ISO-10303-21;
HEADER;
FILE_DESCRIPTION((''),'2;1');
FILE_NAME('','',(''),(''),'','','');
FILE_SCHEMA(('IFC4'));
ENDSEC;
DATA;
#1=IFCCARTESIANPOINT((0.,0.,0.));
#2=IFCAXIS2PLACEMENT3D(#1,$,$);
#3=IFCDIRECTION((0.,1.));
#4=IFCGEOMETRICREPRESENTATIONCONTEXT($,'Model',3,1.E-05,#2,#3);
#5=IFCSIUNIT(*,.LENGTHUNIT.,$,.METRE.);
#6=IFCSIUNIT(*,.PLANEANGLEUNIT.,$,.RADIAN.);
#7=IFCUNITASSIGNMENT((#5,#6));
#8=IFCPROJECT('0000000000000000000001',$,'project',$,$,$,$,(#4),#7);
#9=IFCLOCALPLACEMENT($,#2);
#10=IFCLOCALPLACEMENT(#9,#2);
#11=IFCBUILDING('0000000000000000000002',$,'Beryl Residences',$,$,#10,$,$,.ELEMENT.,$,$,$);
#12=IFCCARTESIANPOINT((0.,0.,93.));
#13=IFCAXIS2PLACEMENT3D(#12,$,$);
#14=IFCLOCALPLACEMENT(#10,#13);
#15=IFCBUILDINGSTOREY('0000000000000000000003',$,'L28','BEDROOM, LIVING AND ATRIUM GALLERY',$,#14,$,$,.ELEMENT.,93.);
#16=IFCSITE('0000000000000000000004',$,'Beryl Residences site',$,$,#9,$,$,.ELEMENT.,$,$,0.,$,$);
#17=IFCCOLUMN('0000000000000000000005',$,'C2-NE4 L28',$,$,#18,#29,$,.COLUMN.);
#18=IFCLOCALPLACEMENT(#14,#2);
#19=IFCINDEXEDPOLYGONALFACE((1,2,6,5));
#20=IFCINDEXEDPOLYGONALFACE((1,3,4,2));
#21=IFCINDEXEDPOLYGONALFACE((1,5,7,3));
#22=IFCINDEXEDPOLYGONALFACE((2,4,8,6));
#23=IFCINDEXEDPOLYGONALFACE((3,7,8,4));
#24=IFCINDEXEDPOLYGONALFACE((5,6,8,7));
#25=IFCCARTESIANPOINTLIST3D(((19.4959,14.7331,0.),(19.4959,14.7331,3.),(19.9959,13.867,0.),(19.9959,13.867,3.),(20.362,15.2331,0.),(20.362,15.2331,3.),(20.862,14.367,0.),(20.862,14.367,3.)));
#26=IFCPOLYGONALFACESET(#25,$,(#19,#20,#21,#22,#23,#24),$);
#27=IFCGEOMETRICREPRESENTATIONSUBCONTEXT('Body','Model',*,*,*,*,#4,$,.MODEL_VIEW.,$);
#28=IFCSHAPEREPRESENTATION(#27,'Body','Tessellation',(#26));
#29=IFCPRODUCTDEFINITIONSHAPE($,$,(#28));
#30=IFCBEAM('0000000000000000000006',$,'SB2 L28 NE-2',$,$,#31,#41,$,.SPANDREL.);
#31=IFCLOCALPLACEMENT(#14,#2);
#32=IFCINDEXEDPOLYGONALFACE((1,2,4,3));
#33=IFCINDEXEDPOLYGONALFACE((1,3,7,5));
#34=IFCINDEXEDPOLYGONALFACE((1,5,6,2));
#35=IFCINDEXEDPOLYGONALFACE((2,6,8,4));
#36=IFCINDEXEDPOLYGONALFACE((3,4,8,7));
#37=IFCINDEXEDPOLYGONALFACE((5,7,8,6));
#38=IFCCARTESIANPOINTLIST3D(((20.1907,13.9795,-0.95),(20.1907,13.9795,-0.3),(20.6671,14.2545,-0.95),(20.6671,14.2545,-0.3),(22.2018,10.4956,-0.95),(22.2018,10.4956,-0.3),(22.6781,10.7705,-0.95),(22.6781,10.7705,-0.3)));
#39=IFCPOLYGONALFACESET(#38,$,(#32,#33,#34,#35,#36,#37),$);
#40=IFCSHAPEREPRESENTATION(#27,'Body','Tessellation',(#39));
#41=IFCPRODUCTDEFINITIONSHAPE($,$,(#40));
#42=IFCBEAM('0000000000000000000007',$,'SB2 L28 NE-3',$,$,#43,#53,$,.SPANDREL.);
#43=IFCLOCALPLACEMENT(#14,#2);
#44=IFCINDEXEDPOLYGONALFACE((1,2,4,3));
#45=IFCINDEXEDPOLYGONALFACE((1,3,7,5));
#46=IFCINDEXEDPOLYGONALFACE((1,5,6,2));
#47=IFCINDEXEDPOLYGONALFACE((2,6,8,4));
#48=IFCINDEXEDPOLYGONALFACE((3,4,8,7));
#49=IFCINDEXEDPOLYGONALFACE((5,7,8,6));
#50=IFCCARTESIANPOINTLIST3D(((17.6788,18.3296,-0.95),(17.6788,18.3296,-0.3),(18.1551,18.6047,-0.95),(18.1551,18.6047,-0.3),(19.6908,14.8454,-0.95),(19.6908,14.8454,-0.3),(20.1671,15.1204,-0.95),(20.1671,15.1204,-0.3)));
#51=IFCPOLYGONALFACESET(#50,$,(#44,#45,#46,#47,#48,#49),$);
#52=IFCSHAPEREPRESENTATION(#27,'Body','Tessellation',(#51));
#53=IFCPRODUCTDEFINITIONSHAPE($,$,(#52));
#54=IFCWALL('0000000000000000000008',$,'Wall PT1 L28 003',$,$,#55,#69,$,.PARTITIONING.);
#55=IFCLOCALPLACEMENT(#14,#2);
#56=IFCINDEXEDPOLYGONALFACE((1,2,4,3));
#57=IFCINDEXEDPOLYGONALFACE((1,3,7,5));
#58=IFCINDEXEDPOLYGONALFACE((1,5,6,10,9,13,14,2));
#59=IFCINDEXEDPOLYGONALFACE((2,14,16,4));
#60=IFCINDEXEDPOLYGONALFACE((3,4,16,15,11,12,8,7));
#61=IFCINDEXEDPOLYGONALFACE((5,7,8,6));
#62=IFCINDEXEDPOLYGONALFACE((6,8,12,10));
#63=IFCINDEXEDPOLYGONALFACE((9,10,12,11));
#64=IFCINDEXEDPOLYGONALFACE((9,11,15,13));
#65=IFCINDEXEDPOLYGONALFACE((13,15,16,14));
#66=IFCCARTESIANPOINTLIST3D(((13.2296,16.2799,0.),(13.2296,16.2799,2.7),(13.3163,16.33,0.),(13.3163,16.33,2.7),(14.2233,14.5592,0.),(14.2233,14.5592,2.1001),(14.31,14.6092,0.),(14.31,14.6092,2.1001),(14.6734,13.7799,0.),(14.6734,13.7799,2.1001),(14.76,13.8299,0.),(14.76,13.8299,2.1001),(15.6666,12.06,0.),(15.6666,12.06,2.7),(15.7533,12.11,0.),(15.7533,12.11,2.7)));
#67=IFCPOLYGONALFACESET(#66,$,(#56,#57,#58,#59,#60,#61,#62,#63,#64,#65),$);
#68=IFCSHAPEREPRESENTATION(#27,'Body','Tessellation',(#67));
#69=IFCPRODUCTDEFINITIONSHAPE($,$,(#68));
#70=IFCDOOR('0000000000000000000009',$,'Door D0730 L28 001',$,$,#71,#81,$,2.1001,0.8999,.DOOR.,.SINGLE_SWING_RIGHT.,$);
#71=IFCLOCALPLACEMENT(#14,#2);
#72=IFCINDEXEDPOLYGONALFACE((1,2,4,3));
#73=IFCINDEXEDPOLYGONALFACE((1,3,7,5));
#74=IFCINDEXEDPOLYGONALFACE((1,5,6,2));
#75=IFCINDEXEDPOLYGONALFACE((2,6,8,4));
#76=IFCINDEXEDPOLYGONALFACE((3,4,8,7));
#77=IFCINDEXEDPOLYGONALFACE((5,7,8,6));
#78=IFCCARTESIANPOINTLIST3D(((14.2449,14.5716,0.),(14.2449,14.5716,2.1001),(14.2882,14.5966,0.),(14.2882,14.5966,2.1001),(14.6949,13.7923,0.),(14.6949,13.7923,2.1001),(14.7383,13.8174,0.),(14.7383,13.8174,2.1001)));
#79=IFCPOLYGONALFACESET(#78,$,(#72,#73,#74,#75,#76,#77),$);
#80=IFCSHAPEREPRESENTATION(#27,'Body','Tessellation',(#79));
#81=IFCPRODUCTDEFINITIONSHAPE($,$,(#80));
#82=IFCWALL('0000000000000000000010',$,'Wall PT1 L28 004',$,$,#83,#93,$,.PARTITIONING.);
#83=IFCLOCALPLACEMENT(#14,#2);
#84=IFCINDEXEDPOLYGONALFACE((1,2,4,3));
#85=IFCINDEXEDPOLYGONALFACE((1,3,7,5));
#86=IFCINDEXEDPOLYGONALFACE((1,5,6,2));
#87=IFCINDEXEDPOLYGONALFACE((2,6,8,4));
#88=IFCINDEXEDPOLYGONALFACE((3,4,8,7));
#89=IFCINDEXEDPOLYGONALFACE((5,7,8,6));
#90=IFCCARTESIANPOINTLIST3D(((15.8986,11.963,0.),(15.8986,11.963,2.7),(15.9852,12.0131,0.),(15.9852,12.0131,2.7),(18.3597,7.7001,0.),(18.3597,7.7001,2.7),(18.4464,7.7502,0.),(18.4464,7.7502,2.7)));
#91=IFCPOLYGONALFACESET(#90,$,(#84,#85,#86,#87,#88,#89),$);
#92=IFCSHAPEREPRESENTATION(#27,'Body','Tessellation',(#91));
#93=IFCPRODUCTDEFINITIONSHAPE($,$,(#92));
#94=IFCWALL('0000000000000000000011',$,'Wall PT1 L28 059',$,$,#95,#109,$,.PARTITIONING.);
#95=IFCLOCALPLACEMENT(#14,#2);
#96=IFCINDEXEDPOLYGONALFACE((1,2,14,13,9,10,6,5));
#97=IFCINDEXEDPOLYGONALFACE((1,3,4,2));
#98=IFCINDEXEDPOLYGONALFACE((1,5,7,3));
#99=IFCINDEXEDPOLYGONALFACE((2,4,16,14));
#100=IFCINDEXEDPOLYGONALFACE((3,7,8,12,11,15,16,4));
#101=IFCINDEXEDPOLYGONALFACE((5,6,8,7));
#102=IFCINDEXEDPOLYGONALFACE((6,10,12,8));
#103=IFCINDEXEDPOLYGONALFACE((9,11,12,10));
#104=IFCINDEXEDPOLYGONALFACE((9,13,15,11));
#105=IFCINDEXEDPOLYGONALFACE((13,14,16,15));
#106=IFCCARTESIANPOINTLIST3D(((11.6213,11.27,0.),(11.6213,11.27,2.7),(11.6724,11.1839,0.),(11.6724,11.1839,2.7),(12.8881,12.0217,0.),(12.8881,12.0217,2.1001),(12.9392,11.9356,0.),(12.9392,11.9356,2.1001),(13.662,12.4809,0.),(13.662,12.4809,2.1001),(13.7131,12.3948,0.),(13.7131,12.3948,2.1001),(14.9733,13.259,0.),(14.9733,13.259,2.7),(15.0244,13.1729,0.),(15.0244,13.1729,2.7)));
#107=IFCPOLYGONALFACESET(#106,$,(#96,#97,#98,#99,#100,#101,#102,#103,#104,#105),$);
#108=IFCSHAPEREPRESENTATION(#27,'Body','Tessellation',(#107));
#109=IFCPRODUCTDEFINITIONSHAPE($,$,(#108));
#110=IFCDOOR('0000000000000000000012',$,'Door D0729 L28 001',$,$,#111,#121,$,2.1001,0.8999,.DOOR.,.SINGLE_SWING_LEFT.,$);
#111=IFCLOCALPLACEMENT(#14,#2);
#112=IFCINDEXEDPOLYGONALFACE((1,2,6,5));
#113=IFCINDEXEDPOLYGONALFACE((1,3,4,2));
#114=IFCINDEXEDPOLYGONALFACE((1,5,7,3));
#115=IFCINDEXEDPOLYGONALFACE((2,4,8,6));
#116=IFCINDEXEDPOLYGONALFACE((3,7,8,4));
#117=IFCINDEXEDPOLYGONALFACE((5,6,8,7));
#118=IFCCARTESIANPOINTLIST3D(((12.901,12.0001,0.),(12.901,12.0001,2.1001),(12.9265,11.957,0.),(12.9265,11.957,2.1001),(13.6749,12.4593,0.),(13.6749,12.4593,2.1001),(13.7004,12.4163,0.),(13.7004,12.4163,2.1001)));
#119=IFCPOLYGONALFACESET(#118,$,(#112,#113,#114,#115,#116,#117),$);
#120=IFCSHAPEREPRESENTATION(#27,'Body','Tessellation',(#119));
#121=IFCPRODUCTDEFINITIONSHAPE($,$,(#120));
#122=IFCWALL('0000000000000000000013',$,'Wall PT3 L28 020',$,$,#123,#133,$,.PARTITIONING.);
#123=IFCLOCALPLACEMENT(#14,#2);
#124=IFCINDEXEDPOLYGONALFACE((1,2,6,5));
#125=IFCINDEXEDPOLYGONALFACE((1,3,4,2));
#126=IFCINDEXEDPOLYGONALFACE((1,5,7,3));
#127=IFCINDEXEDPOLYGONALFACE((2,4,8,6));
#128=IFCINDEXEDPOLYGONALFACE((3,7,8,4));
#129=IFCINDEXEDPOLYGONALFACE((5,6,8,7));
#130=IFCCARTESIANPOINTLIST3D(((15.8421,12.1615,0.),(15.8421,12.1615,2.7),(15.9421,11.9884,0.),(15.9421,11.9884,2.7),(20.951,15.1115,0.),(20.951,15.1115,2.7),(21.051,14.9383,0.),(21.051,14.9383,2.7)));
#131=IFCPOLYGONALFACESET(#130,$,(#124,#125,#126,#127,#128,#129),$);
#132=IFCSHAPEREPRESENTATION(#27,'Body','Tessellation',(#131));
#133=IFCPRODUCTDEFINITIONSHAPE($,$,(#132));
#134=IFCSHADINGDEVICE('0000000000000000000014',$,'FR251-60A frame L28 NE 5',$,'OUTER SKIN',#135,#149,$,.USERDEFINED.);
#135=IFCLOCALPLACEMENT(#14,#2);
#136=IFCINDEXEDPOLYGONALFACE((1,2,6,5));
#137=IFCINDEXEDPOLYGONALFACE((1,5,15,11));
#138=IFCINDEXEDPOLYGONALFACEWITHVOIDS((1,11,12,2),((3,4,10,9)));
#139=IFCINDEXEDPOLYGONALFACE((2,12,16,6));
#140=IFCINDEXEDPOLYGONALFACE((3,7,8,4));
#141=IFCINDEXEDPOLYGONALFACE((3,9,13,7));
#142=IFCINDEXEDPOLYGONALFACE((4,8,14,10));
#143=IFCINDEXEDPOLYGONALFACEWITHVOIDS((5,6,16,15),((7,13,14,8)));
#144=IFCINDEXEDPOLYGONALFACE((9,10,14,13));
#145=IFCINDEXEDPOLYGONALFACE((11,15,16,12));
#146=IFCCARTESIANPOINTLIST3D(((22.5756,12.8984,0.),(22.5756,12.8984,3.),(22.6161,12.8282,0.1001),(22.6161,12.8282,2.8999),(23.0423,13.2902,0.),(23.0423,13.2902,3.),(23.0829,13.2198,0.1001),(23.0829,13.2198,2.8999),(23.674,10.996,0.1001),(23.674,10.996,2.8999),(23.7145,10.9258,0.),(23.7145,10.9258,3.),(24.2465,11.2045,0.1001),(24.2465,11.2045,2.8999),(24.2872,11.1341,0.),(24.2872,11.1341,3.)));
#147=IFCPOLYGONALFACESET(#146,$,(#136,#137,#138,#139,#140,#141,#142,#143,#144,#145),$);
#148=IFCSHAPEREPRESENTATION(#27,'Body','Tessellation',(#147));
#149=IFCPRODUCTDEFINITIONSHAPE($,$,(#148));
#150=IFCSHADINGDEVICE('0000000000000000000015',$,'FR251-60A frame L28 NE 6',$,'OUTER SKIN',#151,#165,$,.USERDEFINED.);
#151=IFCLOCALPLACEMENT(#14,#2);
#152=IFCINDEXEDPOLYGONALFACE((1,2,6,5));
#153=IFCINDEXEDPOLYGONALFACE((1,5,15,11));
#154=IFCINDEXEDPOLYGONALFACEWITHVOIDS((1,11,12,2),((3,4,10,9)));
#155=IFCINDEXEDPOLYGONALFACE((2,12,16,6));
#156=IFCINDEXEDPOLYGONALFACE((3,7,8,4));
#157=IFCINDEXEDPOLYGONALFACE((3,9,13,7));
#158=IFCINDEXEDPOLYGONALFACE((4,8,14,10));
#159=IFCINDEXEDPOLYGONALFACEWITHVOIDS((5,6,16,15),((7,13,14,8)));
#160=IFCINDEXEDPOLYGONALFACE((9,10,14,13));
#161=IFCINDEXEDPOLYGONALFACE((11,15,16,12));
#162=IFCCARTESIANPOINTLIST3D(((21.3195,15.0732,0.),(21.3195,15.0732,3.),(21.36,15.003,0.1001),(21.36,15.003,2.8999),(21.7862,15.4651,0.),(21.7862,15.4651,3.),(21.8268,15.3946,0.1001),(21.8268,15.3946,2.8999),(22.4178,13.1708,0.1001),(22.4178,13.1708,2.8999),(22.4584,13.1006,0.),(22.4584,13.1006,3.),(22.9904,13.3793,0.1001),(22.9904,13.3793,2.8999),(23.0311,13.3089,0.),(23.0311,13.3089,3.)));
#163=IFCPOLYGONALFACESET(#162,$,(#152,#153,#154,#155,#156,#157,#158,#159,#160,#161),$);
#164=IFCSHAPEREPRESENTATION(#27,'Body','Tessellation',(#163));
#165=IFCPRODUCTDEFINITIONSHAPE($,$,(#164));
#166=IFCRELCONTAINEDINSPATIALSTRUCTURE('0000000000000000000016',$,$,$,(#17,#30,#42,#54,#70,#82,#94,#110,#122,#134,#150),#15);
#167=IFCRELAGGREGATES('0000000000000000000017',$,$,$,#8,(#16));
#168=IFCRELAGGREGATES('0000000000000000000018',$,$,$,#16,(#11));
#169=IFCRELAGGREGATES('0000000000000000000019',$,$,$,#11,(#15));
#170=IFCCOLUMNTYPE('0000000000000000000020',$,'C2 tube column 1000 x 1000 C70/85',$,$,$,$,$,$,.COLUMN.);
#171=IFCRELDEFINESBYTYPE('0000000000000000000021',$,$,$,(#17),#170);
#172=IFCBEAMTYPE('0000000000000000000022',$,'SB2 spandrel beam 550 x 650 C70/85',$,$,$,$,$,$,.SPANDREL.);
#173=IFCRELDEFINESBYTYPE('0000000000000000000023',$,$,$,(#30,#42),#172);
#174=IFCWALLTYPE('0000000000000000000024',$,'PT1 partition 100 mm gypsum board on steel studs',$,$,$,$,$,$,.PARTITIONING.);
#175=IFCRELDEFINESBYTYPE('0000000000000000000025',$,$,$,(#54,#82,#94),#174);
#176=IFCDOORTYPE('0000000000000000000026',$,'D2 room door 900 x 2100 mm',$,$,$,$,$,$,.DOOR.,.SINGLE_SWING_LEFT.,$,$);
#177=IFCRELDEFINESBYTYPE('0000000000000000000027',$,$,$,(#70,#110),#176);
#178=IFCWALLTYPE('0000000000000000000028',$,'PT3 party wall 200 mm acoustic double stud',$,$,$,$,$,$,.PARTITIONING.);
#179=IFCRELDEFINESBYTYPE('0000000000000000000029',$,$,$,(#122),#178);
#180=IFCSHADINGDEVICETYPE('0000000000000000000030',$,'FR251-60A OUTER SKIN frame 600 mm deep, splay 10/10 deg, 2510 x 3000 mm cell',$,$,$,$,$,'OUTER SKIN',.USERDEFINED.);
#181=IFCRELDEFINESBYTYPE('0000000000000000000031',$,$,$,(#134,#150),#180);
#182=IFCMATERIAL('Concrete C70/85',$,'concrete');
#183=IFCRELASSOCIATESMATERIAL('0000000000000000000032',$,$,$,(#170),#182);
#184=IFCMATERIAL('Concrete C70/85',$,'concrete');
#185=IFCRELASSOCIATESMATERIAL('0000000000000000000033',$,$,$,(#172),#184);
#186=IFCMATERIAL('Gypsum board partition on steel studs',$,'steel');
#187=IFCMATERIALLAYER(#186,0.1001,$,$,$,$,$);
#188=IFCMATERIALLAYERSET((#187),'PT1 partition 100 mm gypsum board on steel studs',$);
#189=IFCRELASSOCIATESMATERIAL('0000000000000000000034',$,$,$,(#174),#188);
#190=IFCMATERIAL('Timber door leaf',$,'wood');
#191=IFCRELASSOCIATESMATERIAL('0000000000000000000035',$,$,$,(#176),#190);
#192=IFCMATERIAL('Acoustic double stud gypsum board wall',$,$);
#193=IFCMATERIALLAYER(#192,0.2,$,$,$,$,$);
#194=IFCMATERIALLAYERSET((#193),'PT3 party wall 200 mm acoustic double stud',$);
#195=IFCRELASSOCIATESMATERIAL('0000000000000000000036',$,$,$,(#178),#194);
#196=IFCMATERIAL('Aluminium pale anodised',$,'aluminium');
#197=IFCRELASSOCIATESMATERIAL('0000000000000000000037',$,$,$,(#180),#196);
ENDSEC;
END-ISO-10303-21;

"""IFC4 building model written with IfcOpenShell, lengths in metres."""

from ifc_helpers import new_model, entity, si_unit, direction, frame, frame_2d, origin, origin_2d, place, context, subcontext, project, spatial, rectangle, extrude, source, transform, mapped, material, layer, layer_set, material_profile, profile_set, type_object, type_shapes, element, fill, save


model = new_model("IFC4")

# Units and contexts
model_context = context("Model", 3, precision=1e-05, world=origin(), true_north=direction((0.0, 1.0)))
body_context = subcontext(model_context, "Body", "Model", "MODEL_VIEW")
ifc_project = project(units=[si_unit("LENGTHUNIT", "METRE"), si_unit("PLANEANGLEUNIT", "RADIAN")], contexts=[model_context])

# Site, building, storey
site_placement = place(None, origin())
site = spatial("IfcSite", under=ifc_project, at=site_placement, Name="Beryl Residences site", CompositionType="ELEMENT", RefElevation=0.0)
building_placement = place(site_placement, origin())
building = spatial("IfcBuilding", under=site, at=building_placement, Name="Beryl Residences", CompositionType="ELEMENT")
storey_placement = place(building_placement, frame((0.0, 0.0, 93.0)))
storey = spatial("IfcBuildingStorey", under=building, at=storey_placement, Name="L28", Description="BEDROOM, LIVING AND ATRIUM GALLERY", CompositionType="ELEMENT", Elevation=93.0)

# Column
ifc_material_1 = material(Name="Concrete C70/85", Category="concrete")
ifc_material_profile_1 = material_profile(ifc_material_1, rectangle(XDim=1.0, YDim=1.0, at=origin_2d()))
ifc_profile_set_1 = profile_set([ifc_material_profile_1], Name="Concrete C70/85")
column_type = type_object("IfcColumnType", Name="C2 tube column 1000 x 1000 C70/85", PredefinedType="COLUMN", material=ifc_profile_set_1)
column_placement = place(storey_placement, frame((20.179, 14.55, 0.0), z_axis=(0.0, 0.0, 1.0), x_axis=(-0.5, 0.866025, 0.0)))
element("IfcColumn", 1, at=column_placement, inside=storey, type_object=column_type, Name="C2-NE4 L28", PredefinedType="COLUMN", context=body_context, shape_type="SweptSolid", body=[
    extrude(rectangle(XDim=1.0, YDim=1.0, at=origin_2d()), origin(), (0.0, 0.0, 1.0), 3.0),
])

# Beams
ifc_material_2 = material(Name="Concrete C70/85", Category="concrete")
ifc_material_profile_2 = material_profile(ifc_material_2, rectangle(XDim=0.55, YDim=0.6499, at=origin_2d()))
ifc_profile_set_2 = profile_set([ifc_material_profile_2], Name="Concrete C70/85")
beam_type = type_object("IfcBeamType", Name="SB2 spandrel beam 550 x 650 C70/85", PredefinedType="SPANDREL", material=ifc_profile_set_2)
beam_1_placement = place(storey_placement, frame((22.4399, 10.6331, -0.625), z_axis=(-0.499919, 0.866072, 0.0), x_axis=(-0.866072, -0.499919, 0.0)))
element("IfcBeam", 2, at=beam_1_placement, inside=storey, type_object=beam_type, Name="SB2 L28 NE-2", PredefinedType="SPANDREL", context=body_context, shape_type="SweptSolid", body=[
    extrude(rectangle(XDim=0.55, YDim=0.6499, at=origin_2d()), origin(), (0.0, 0.0, 1.0), 4.0227),
])
beam_2_placement = place(storey_placement, frame((19.929, 14.9829, -0.625), z_axis=(-0.500074, 0.865982, 0.0), x_axis=(-0.865982, -0.500074, 0.0)))
element("IfcBeam", 3, at=beam_2_placement, inside=storey, type_object=beam_type, Name="SB2 L28 NE-3", PredefinedType="SPANDREL", context=body_context, shape_type="SweptSolid", body=[
    extrude(rectangle(XDim=0.55, YDim=0.6499, at=origin_2d()), origin(), (0.0, 0.0, 1.0), 4.0234),
])

# Wall, opening, door
ifc_material_3 = material(Name="Gypsum board partition on steel studs", Category="steel")
ifc_layer_1 = layer(ifc_material_3, 0.1001)
ifc_layer_set_1 = layer_set([ifc_layer_1], Name="PT1 partition 100 mm gypsum board on steel studs")
wall_type_1 = type_object("IfcWallType", Name="PT1 partition 100 mm gypsum board on steel studs", PredefinedType="PARTITIONING", material=ifc_layer_set_1)
wall_1_placement = place(storey_placement, frame((13.2729, 16.3049, 0.0), z_axis=(0.0, 0.0, 1.0), x_axis=(0.500094, -0.865971, 0.0)))
wall_1 = element("IfcWall", 4, at=wall_1_placement, inside=storey, type_object=wall_type_1, Name="Wall PT1 L28 003", PredefinedType="PARTITIONING", context=body_context, shape_type="SweptSolid", body=[
    extrude(rectangle(XDim=4.873, YDim=0.1001, at=frame_2d((2.4365, 0.0))), origin(), (0.0, 0.0, 1.0), 2.7),
])
opening_1_placement = place(wall_1_placement, frame((1.9871, 0.0, 0.0)))
opening_1 = element("IfcOpeningElement", 5, at=opening_1_placement, cuts=wall_1, PredefinedType="OPENING", context=body_context, shape_type="SweptSolid", body=[
    extrude(rectangle(XDim=0.8999, YDim=2.1001, at=frame_2d((0.45, 1.05))), frame((0.0, 0.0601, 0.0), z_axis=(0.0, -1.0, 0.0), x_axis=(1.0, 0.0, 0.0)), (0.0, 0.0, 1.0), 0.1201),
])
ifc_material_4 = material(Name="Timber door leaf", Category="wood")
door_type = type_object("IfcDoorType", Name="D2 room door 900 x 2100 mm", OperationType="SINGLE_SWING_LEFT", PredefinedType="DOOR", material=ifc_material_4)
door_1_placement = place(opening_1_placement, origin())
door_1 = element("IfcDoor", 6, at=door_1_placement, inside=storey, type_object=door_type, Name="Door D0730 L28 001", OperationType="SINGLE_SWING_RIGHT", OverallHeight=2.1001, OverallWidth=0.8999, PredefinedType="DOOR", context=body_context, shape_type="SweptSolid", body=[
    extrude(rectangle(XDim=0.8999, YDim=2.1001, at=frame_2d((0.45, 1.05))), frame((0.0, 0.0249, 0.0), z_axis=(0.0, -1.0, 0.0), x_axis=(1.0, 0.0, 0.0)), (0.0, 0.0, 1.0), 0.05),
])
fill(opening_1, door_1)

# Wall
wall_2_placement = place(storey_placement, frame((15.9419, 11.988, 0.0), z_axis=(0.0, 0.0, 1.0), x_axis=(0.499996, -0.866028, 0.0)))
element("IfcWall", 7, at=wall_2_placement, inside=storey, type_object=wall_type_1, Name="Wall PT1 L28 004", PredefinedType="PARTITIONING", context=body_context, shape_type="SweptSolid", body=[
    extrude(rectangle(XDim=4.9224, YDim=0.1001, at=frame_2d((2.4612, 0.0))), origin(), (0.0, 0.0, 1.0), 2.7),
])

# Wall, opening, door
wall_3_placement = place(storey_placement, frame((11.647, 11.2271, 0.0), z_axis=(0.0, 0.0, 1.0), x_axis=(0.859997, 0.510299, 0.0)))
wall_3 = element("IfcWall", 8, at=wall_3_placement, inside=storey, type_object=wall_type_1, Name="Wall PT1 L28 059", PredefinedType="PARTITIONING", context=body_context, shape_type="SweptSolid", body=[
    extrude(rectangle(XDim=3.8977, YDim=0.1001, at=frame_2d((1.9487, 0.0))), origin(), (0.0, 0.0, 1.0), 2.7),
])
opening_2_placement = place(wall_3_placement, frame((1.4729, 0.0, 0.0)))
opening_2 = element("IfcOpeningElement", 9, at=opening_2_placement, cuts=wall_3, PredefinedType="OPENING", context=body_context, shape_type="SweptSolid", body=[
    extrude(rectangle(XDim=0.8999, YDim=2.1001, at=frame_2d((0.45, 1.05))), frame((0.0, 0.0601, 0.0), z_axis=(0.0, -1.0, 0.0), x_axis=(1.0, 0.0, 0.0)), (0.0, 0.0, 1.0), 0.1201),
])
door_2_placement = place(opening_2_placement, origin())
door_2 = element("IfcDoor", 10, at=door_2_placement, inside=storey, type_object=door_type, Name="Door D0729 L28 001", OperationType="SINGLE_SWING_LEFT", OverallHeight=2.1001, OverallWidth=0.8999, PredefinedType="DOOR", context=body_context, shape_type="SweptSolid", body=[
    extrude(rectangle(XDim=0.8999, YDim=2.1001, at=frame_2d((0.45, 1.05))), frame((0.0, 0.0249, 0.0), z_axis=(0.0, -1.0, 0.0), x_axis=(1.0, 0.0, 0.0)), (0.0, 0.0, 1.0), 0.05),
])
fill(opening_2, door_2)

# Wall
ifc_material_5 = material(Name="Acoustic double stud gypsum board wall")
ifc_layer_2 = layer(ifc_material_5, 0.2)
ifc_layer_set_2 = layer_set([ifc_layer_2], Name="PT3 party wall 200 mm acoustic double stud")
wall_type_2 = type_object("IfcWallType", Name="PT3 party wall 200 mm acoustic double stud", PredefinedType="PARTITIONING", material=ifc_layer_set_2)
wall_4_placement = place(storey_placement, frame((15.8921, 12.075, 0.0), z_axis=(0.0, 0.0, 1.0), x_axis=(0.866001, 0.500042, 0.0)))
element("IfcWall", 11, at=wall_4_placement, inside=storey, type_object=wall_type_2, Name="Wall PT3 L28 020", PredefinedType="PARTITIONING", context=body_context, shape_type="SweptSolid", body=[
    extrude(rectangle(XDim=5.8994, YDim=0.2, at=frame_2d((2.9497, 0.0))), origin(), (0.0, 0.0, 1.0), 2.7),
])

# Shading devices
ifc_material_6 = material(Name="Aluminium pale anodised", Category="aluminium")
shading_device_type = type_object("IfcShadingDeviceType", Name="FR251-60A OUTER SKIN frame 600 mm deep, splay 10/10 deg, 2510 x 3000 mm cell", ElementType="OUTER SKIN", PredefinedType="USERDEFINED", material=ifc_material_6)
cartesian_point_1 = entity("IfcCartesianPoint", [-1.1389, 0.0])
cartesian_point_2 = entity("IfcCartesianPoint", [-1.0579, 0.1001])
cartesian_point_3 = entity("IfcCartesianPoint", [-1.2449, 0.0])
cartesian_point_4 = entity("IfcCartesianPoint", [-1.1636, 0.1001])
shared_shape_1 = source(origin(), body_context, "Body", "SweptSolid", [
    entity("IfcExtrudedAreaSolidTapered", entity("IfcArbitraryProfileDefWithVoids", "AREA", None, entity("IfcPolyline", [cartesian_point_1, entity("IfcCartesianPoint", [1.1389, 0.0]), entity("IfcCartesianPoint", [1.1389, 3.0]), entity("IfcCartesianPoint", [-1.1389, 3.0]), cartesian_point_1]), [entity("IfcPolyline", [cartesian_point_2, entity("IfcCartesianPoint", [1.0579, 0.1001]), entity("IfcCartesianPoint", [1.0579, 2.8999]), entity("IfcCartesianPoint", [-1.0579, 2.8999]), cartesian_point_2])]), entity("IfcAxis2Placement3D", entity("IfcCartesianPoint", [0.0, 0.0, 0.0]), entity("IfcDirection", [0.0, 1.0, 0.0]), entity("IfcDirection", [-1.0, 0.0, 0.0])), entity("IfcDirection", [0.0, 0.0, 1.0]), 0.6001, entity("IfcArbitraryProfileDefWithVoids", "AREA", None, entity("IfcPolyline", [cartesian_point_3, entity("IfcCartesianPoint", [1.2449, 0.0]), entity("IfcCartesianPoint", [1.2449, 3.0]), entity("IfcCartesianPoint", [-1.2449, 3.0]), cartesian_point_3]), [entity("IfcPolyline", [cartesian_point_4, entity("IfcCartesianPoint", [1.1636, 0.1001]), entity("IfcCartesianPoint", [1.1636, 2.8999]), entity("IfcCartesianPoint", [-1.1636, 2.8999]), cartesian_point_4])])),
])
type_shapes(shading_device_type, [shared_shape_1])
for number, where, z_axis, x_axis, name in (
    (12, (23.145, 11.9121, 0.0), (0.0, 0.0, 1.0), (0.5, -0.866025, 0.0), "FR251-60A frame L28 NE 5"),
    (13, (21.8889, 14.0869, 0.0), (0.0, 0.0, 1.0), (0.5, -0.866025, 0.0), "FR251-60A frame L28 NE 6"),
):
    element("IfcShadingDevice", number, at=place(storey_placement, frame(where, z_axis=z_axis, x_axis=x_axis)), inside=storey, type_object=shading_device_type, Name=name, ObjectType="OUTER SKIN", PredefinedType="USERDEFINED", context=body_context, shape_type="MappedRepresentation", body=[
        mapped(shared_shape_1, transform((0.0, 0.0, 0.0))),
    ])

save(model, "model.ifc")
